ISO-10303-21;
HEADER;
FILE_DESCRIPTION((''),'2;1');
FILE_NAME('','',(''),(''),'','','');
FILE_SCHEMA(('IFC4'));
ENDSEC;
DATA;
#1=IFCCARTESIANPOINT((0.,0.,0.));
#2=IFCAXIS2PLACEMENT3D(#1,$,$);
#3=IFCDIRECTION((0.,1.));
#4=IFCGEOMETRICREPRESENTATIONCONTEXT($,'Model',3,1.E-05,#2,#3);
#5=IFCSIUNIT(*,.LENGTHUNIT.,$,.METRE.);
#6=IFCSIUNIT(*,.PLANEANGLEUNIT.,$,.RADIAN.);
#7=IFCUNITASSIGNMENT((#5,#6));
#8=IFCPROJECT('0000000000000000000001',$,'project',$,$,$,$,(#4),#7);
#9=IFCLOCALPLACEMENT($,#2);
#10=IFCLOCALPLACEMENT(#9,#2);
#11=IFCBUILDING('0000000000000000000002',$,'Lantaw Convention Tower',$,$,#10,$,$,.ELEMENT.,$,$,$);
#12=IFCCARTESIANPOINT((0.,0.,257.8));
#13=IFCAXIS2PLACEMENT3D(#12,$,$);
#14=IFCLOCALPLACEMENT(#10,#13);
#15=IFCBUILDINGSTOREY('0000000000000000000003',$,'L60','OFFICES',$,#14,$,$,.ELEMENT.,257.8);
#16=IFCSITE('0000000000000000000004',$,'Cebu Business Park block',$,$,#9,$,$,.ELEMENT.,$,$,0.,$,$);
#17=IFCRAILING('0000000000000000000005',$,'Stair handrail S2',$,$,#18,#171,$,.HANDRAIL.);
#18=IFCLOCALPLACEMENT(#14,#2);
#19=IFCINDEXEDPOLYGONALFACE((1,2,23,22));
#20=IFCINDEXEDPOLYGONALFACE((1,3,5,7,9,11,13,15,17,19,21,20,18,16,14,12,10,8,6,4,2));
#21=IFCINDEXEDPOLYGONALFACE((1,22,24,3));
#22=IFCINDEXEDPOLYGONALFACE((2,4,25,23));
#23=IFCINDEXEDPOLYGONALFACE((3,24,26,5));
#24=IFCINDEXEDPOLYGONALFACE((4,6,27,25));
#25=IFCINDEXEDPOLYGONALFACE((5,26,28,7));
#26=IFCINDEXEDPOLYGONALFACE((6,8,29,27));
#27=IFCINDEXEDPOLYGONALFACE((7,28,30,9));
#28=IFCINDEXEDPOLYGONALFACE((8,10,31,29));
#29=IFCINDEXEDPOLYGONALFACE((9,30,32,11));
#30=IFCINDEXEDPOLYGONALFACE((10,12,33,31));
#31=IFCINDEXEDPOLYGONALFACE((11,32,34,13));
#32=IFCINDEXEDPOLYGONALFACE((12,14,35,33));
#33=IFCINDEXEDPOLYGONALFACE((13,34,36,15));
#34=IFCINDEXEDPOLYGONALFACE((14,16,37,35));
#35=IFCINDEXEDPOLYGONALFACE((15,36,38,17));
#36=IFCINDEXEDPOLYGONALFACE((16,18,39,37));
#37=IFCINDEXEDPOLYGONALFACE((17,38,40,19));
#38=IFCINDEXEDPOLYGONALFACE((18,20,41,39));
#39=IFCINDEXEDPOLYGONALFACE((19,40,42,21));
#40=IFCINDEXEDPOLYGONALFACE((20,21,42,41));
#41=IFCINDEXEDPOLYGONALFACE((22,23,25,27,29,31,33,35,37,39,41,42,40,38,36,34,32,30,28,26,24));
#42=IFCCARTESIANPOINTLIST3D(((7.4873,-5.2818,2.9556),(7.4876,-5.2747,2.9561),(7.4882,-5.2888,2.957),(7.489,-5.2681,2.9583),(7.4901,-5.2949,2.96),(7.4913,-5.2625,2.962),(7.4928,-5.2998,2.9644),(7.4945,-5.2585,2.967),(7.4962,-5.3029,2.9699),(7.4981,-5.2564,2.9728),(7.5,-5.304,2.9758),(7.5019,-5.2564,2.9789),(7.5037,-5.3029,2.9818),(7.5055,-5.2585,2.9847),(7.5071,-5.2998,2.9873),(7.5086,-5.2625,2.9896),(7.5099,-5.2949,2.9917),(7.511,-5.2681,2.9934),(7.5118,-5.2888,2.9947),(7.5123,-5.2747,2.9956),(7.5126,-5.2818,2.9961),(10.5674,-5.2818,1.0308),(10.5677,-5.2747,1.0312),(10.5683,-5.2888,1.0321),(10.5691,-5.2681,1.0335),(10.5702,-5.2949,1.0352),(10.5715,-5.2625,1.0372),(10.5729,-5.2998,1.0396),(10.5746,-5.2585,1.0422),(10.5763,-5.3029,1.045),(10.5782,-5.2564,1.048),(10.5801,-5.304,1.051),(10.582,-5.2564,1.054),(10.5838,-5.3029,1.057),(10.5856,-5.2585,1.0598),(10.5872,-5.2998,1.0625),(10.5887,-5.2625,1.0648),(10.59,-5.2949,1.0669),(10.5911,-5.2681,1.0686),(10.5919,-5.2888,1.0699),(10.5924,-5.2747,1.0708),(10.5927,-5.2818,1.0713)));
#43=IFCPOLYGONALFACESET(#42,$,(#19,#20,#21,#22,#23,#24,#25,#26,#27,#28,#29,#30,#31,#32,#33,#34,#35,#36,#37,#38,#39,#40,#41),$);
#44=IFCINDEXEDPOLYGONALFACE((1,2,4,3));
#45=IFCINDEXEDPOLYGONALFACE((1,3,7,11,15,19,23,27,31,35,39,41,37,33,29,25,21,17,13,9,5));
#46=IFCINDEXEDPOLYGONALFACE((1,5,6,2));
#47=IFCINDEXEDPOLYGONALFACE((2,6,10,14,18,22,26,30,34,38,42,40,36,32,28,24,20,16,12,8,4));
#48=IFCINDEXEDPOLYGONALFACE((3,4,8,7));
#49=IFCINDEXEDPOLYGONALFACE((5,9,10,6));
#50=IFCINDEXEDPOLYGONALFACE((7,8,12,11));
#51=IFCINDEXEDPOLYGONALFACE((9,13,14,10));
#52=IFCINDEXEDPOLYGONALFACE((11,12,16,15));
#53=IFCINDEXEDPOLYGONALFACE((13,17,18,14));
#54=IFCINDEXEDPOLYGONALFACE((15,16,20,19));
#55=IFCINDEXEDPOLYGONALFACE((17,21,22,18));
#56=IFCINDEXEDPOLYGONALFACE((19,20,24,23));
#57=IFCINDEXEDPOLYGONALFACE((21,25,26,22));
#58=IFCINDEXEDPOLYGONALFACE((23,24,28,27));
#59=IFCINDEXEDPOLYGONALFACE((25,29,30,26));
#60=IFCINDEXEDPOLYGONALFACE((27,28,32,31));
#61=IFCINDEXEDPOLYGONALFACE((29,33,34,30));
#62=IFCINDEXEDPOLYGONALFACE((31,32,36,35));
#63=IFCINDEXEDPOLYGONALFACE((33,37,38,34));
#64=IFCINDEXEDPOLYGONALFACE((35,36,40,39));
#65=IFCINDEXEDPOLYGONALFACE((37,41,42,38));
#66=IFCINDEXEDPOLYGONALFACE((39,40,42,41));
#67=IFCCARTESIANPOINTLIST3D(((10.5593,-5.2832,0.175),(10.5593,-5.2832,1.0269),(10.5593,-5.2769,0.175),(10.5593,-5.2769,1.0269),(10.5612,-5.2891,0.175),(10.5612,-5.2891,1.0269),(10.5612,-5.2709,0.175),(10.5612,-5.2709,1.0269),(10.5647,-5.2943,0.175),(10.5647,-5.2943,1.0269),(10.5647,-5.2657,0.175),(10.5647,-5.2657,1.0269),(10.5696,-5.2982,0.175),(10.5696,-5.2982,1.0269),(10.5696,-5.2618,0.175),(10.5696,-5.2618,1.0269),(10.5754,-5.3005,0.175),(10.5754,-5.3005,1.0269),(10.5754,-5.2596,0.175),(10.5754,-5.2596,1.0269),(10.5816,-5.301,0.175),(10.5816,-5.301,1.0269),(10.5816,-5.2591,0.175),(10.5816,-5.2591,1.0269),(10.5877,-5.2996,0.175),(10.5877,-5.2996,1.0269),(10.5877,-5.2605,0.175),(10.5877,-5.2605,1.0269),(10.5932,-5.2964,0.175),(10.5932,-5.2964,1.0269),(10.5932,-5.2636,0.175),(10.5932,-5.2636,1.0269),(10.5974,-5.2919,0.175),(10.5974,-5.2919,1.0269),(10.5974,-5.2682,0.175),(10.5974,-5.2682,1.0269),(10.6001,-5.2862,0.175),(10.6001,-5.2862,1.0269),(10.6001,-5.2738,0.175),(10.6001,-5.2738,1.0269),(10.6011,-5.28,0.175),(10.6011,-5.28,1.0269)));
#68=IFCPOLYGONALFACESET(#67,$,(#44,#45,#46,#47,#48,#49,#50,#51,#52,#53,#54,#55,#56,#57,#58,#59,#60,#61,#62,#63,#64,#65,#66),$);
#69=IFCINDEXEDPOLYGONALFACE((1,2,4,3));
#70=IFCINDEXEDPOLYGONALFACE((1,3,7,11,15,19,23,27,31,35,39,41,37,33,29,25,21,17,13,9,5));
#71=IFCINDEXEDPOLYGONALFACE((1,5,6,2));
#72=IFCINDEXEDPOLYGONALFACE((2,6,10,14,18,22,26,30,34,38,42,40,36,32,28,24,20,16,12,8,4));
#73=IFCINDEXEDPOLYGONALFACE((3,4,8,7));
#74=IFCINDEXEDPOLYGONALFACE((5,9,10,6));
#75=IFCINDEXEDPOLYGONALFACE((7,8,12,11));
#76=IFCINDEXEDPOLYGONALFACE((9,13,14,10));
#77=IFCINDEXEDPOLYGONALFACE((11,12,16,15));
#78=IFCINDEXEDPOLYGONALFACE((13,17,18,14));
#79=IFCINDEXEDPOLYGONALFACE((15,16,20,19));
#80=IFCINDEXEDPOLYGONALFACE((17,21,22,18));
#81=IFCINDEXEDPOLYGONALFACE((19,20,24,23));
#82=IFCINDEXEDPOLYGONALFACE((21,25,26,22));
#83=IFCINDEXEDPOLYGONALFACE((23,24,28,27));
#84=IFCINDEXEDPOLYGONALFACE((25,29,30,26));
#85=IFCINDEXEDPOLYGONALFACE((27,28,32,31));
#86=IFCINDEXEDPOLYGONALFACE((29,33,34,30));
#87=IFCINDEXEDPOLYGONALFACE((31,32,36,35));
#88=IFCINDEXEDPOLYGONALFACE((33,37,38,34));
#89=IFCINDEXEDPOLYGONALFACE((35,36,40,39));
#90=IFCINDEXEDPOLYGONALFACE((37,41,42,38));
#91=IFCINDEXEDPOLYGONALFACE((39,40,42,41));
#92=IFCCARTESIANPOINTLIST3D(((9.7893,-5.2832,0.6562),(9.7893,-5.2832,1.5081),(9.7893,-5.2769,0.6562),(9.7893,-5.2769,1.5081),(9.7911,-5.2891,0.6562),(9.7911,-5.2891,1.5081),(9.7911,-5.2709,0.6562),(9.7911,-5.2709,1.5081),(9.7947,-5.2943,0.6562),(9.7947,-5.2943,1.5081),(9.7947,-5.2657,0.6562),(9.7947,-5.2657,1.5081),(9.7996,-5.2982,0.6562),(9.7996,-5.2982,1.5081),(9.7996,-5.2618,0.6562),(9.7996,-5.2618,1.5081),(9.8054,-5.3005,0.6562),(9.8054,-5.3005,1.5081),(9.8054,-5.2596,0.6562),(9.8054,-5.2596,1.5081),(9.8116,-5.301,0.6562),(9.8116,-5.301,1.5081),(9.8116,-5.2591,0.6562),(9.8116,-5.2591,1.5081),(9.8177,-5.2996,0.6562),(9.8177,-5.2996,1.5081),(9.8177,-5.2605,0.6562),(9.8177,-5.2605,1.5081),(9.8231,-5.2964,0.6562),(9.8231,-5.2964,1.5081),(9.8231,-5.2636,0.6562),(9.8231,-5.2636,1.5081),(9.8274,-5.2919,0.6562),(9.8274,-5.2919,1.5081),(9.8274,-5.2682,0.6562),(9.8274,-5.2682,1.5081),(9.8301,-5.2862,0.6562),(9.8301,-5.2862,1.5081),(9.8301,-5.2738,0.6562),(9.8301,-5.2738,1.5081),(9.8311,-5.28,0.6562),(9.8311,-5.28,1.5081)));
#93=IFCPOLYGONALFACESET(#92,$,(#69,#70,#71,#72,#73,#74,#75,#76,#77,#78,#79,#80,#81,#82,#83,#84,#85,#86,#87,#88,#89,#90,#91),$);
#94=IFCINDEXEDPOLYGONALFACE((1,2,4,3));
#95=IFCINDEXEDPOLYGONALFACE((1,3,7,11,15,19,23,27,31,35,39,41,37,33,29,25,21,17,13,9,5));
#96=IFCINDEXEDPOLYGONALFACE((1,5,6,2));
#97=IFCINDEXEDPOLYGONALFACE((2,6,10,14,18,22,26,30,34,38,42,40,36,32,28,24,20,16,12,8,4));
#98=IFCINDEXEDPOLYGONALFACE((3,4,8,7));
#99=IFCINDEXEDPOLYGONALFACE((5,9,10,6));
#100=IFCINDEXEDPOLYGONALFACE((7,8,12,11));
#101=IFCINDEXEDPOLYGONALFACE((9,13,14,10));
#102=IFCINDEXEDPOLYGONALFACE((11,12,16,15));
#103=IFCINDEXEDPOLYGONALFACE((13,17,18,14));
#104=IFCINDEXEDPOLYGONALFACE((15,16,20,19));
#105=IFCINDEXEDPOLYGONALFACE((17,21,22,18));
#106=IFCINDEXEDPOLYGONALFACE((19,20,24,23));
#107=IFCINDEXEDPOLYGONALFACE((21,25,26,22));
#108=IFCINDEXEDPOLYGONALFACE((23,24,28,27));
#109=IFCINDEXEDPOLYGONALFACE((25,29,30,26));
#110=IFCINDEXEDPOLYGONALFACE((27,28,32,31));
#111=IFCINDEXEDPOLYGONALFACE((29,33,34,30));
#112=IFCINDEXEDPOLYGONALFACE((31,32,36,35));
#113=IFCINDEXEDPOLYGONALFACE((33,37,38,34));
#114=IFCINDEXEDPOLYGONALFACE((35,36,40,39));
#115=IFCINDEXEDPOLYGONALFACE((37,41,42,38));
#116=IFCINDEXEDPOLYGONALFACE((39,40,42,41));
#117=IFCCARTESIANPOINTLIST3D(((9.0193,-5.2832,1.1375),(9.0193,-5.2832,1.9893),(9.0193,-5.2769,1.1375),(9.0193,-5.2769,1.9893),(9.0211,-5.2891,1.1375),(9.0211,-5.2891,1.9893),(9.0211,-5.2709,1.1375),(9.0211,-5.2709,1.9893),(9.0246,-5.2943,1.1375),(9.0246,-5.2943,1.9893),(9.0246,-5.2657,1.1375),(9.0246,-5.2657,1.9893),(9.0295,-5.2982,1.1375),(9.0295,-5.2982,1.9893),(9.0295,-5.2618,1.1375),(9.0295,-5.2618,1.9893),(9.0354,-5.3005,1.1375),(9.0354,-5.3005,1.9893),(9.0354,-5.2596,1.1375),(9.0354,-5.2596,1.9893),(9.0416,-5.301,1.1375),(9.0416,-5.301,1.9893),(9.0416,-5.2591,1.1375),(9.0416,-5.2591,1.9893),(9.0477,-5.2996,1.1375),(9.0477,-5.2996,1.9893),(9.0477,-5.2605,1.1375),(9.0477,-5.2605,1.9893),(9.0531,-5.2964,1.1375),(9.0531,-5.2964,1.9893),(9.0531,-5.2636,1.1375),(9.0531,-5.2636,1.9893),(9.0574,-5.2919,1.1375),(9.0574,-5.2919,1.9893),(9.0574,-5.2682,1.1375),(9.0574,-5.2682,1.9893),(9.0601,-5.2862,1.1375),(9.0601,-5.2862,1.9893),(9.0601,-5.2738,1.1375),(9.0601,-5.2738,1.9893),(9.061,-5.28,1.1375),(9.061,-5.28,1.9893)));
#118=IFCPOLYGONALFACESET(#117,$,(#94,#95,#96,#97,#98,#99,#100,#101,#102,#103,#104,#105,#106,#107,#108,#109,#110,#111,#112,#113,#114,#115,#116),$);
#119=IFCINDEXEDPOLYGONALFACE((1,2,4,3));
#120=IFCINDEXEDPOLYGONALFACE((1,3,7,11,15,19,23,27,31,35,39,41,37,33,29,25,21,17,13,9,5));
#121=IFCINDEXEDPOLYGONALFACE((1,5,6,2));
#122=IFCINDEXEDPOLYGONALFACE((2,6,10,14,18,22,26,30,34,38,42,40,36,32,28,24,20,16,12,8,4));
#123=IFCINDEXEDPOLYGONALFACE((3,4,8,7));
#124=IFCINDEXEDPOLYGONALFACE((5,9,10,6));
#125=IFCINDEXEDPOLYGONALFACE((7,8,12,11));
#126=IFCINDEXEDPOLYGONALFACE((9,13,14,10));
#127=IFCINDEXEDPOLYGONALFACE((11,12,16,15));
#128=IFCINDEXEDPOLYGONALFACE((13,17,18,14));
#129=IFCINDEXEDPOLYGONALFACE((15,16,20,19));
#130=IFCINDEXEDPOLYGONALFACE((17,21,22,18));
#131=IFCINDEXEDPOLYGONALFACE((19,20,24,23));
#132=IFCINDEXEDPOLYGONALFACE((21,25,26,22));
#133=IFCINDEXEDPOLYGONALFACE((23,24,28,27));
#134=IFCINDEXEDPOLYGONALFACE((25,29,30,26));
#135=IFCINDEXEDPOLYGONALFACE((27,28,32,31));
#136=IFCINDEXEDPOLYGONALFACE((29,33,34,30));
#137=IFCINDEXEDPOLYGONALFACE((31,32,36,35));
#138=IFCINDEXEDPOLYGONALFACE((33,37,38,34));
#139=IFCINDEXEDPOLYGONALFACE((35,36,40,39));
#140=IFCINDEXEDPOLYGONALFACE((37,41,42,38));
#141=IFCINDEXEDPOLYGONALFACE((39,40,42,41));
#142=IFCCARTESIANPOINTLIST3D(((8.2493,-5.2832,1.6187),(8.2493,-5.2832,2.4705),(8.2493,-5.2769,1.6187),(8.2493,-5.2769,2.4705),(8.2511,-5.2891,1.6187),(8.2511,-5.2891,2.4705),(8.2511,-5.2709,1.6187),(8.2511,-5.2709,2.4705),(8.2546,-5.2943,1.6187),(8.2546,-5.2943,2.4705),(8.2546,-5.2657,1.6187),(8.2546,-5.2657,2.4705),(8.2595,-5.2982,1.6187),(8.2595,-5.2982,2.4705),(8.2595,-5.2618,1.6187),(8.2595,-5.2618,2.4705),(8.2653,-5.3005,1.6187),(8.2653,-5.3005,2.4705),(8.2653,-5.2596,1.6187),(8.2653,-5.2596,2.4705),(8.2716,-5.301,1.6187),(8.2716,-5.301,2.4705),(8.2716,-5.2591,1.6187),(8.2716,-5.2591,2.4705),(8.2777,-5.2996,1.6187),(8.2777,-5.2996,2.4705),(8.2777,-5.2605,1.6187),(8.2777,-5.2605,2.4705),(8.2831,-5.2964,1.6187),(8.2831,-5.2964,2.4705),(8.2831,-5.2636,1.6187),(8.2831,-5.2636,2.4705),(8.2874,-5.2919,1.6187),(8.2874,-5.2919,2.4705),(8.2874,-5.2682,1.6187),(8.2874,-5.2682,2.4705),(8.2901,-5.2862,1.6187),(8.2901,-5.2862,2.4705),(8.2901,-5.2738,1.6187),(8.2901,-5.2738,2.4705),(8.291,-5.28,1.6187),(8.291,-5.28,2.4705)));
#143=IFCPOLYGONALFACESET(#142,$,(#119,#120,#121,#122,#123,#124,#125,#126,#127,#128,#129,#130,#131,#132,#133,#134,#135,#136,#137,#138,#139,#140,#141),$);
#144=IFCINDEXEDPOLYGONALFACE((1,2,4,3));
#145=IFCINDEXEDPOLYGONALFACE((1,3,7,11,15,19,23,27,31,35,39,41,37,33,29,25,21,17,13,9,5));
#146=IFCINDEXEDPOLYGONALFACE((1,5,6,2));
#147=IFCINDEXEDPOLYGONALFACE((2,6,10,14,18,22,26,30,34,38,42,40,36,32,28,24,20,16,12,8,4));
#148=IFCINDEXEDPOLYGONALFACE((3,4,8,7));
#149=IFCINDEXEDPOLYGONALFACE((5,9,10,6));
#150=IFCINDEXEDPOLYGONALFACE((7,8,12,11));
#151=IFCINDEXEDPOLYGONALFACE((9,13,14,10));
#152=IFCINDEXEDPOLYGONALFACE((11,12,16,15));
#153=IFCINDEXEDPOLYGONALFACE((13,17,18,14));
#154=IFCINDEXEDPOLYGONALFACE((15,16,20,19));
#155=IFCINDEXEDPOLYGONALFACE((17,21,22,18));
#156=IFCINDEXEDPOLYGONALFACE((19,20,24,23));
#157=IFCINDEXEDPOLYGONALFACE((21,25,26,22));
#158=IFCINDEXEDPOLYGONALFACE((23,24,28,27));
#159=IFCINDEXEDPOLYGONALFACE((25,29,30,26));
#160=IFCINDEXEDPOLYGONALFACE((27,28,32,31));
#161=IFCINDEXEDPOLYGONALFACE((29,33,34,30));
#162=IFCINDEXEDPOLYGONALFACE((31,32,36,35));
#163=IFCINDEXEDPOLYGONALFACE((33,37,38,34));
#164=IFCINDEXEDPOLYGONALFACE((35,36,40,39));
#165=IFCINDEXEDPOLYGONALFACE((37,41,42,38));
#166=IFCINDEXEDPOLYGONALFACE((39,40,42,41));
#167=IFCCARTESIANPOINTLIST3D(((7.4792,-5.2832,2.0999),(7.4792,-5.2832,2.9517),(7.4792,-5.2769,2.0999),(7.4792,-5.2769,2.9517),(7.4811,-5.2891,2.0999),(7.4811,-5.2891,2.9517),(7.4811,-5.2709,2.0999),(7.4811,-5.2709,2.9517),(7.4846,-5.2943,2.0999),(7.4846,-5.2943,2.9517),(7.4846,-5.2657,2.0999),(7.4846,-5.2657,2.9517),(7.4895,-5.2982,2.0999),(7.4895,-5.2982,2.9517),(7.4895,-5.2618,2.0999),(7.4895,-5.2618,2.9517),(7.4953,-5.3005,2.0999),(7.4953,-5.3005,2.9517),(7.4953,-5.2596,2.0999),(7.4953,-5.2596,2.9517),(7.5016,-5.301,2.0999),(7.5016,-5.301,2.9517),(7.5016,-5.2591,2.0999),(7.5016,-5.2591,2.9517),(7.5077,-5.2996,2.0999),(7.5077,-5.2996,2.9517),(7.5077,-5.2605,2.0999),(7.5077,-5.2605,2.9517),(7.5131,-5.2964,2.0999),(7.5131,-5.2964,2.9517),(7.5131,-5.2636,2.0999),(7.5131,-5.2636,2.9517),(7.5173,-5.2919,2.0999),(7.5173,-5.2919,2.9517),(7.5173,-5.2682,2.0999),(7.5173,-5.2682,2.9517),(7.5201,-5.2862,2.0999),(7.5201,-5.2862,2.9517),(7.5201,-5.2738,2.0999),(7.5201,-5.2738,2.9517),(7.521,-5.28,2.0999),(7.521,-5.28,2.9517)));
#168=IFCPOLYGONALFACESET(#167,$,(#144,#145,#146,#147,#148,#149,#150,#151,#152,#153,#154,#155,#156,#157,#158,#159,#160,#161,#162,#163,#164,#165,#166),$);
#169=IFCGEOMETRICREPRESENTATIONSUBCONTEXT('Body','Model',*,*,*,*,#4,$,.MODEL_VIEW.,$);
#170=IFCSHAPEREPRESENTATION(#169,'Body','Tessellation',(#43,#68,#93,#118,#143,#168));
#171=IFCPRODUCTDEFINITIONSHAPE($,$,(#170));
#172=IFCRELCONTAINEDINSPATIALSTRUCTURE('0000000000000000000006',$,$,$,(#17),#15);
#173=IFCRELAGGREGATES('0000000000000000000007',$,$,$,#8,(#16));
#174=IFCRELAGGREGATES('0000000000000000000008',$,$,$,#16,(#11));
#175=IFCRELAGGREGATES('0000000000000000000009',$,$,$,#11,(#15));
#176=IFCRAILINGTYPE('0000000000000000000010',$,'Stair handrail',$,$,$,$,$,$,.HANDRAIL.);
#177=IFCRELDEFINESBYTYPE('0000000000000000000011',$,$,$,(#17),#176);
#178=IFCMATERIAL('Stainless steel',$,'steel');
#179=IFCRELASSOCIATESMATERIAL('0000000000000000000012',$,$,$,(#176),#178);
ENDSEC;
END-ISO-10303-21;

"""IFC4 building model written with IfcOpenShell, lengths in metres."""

from ifc_helpers import new_model, si_unit, direction, frame, origin, origin_2d, place, context, subcontext, project, spatial, circle, extrude, material, type_object, element, save


model = new_model("IFC4")

# Units and contexts
model_context = context("Model", 3, precision=1e-05, world=origin(), true_north=direction((0.0, 1.0)))
body_context = subcontext(model_context, "Body", "Model", "MODEL_VIEW")
ifc_project = project(units=[si_unit("LENGTHUNIT", "METRE"), si_unit("PLANEANGLEUNIT", "RADIAN")], contexts=[model_context])

# Site, building, storey
site_placement = place(None, origin())
site = spatial("IfcSite", under=ifc_project, at=site_placement, Name="Cebu Business Park block", CompositionType="ELEMENT", RefElevation=0.0)
building_placement = place(site_placement, origin())
building = spatial("IfcBuilding", under=site, at=building_placement, Name="Lantaw Convention Tower", CompositionType="ELEMENT")
storey_placement = place(building_placement, frame((0.0, 0.0, 257.8)))
storey = spatial("IfcBuildingStorey", under=building, at=storey_placement, Name="L60", Description="OFFICES", CompositionType="ELEMENT", Elevation=257.8)

# Railing
ifc_material_1 = material(Name="Stainless steel", Category="steel")
railing_type = type_object("IfcRailingType", Name="Stair handrail", PredefinedType="HANDRAIL", material=ifc_material_1)
railing_1_placement = place(storey_placement, frame((10.5801, -5.28, 0.175)))
element("IfcRailing", 1, at=railing_1_placement, inside=storey, type_object=railing_type, Name="Stair handrail S2", PredefinedType="HANDRAIL", context=body_context, shape_type="SweptSolid", body=[
    extrude(circle(Radius=0.0239, at=origin_2d()), frame((0.0, 0.0, 0.876), z_axis=(-0.848029, 0.0, 0.529951), x_axis=(0.0, -1.0, 0.0)), (0.0, 0.0, 1.0), 3.6321),
    extrude(circle(Radius=0.021, at=origin_2d()), origin(), (0.0, 0.0, 1.0), 0.8518),
    extrude(circle(Radius=0.021, at=origin_2d()), frame((-0.77, 0.0, 0.4812)), (0.0, 0.0, 1.0), 0.8518),
    extrude(circle(Radius=0.021, at=origin_2d()), frame((-1.54, 0.0, 0.9624)), (0.0, 0.0, 1.0), 0.8518),
    extrude(circle(Radius=0.021, at=origin_2d()), frame((-2.3101, 0.0, 1.4436)), (0.0, 0.0, 1.0), 0.8518),
    extrude(circle(Radius=0.021, at=origin_2d()), frame((-3.0801, 0.0, 1.9248)), (0.0, 0.0, 1.0), 0.8518),
])

save(model, "model.ifc")
